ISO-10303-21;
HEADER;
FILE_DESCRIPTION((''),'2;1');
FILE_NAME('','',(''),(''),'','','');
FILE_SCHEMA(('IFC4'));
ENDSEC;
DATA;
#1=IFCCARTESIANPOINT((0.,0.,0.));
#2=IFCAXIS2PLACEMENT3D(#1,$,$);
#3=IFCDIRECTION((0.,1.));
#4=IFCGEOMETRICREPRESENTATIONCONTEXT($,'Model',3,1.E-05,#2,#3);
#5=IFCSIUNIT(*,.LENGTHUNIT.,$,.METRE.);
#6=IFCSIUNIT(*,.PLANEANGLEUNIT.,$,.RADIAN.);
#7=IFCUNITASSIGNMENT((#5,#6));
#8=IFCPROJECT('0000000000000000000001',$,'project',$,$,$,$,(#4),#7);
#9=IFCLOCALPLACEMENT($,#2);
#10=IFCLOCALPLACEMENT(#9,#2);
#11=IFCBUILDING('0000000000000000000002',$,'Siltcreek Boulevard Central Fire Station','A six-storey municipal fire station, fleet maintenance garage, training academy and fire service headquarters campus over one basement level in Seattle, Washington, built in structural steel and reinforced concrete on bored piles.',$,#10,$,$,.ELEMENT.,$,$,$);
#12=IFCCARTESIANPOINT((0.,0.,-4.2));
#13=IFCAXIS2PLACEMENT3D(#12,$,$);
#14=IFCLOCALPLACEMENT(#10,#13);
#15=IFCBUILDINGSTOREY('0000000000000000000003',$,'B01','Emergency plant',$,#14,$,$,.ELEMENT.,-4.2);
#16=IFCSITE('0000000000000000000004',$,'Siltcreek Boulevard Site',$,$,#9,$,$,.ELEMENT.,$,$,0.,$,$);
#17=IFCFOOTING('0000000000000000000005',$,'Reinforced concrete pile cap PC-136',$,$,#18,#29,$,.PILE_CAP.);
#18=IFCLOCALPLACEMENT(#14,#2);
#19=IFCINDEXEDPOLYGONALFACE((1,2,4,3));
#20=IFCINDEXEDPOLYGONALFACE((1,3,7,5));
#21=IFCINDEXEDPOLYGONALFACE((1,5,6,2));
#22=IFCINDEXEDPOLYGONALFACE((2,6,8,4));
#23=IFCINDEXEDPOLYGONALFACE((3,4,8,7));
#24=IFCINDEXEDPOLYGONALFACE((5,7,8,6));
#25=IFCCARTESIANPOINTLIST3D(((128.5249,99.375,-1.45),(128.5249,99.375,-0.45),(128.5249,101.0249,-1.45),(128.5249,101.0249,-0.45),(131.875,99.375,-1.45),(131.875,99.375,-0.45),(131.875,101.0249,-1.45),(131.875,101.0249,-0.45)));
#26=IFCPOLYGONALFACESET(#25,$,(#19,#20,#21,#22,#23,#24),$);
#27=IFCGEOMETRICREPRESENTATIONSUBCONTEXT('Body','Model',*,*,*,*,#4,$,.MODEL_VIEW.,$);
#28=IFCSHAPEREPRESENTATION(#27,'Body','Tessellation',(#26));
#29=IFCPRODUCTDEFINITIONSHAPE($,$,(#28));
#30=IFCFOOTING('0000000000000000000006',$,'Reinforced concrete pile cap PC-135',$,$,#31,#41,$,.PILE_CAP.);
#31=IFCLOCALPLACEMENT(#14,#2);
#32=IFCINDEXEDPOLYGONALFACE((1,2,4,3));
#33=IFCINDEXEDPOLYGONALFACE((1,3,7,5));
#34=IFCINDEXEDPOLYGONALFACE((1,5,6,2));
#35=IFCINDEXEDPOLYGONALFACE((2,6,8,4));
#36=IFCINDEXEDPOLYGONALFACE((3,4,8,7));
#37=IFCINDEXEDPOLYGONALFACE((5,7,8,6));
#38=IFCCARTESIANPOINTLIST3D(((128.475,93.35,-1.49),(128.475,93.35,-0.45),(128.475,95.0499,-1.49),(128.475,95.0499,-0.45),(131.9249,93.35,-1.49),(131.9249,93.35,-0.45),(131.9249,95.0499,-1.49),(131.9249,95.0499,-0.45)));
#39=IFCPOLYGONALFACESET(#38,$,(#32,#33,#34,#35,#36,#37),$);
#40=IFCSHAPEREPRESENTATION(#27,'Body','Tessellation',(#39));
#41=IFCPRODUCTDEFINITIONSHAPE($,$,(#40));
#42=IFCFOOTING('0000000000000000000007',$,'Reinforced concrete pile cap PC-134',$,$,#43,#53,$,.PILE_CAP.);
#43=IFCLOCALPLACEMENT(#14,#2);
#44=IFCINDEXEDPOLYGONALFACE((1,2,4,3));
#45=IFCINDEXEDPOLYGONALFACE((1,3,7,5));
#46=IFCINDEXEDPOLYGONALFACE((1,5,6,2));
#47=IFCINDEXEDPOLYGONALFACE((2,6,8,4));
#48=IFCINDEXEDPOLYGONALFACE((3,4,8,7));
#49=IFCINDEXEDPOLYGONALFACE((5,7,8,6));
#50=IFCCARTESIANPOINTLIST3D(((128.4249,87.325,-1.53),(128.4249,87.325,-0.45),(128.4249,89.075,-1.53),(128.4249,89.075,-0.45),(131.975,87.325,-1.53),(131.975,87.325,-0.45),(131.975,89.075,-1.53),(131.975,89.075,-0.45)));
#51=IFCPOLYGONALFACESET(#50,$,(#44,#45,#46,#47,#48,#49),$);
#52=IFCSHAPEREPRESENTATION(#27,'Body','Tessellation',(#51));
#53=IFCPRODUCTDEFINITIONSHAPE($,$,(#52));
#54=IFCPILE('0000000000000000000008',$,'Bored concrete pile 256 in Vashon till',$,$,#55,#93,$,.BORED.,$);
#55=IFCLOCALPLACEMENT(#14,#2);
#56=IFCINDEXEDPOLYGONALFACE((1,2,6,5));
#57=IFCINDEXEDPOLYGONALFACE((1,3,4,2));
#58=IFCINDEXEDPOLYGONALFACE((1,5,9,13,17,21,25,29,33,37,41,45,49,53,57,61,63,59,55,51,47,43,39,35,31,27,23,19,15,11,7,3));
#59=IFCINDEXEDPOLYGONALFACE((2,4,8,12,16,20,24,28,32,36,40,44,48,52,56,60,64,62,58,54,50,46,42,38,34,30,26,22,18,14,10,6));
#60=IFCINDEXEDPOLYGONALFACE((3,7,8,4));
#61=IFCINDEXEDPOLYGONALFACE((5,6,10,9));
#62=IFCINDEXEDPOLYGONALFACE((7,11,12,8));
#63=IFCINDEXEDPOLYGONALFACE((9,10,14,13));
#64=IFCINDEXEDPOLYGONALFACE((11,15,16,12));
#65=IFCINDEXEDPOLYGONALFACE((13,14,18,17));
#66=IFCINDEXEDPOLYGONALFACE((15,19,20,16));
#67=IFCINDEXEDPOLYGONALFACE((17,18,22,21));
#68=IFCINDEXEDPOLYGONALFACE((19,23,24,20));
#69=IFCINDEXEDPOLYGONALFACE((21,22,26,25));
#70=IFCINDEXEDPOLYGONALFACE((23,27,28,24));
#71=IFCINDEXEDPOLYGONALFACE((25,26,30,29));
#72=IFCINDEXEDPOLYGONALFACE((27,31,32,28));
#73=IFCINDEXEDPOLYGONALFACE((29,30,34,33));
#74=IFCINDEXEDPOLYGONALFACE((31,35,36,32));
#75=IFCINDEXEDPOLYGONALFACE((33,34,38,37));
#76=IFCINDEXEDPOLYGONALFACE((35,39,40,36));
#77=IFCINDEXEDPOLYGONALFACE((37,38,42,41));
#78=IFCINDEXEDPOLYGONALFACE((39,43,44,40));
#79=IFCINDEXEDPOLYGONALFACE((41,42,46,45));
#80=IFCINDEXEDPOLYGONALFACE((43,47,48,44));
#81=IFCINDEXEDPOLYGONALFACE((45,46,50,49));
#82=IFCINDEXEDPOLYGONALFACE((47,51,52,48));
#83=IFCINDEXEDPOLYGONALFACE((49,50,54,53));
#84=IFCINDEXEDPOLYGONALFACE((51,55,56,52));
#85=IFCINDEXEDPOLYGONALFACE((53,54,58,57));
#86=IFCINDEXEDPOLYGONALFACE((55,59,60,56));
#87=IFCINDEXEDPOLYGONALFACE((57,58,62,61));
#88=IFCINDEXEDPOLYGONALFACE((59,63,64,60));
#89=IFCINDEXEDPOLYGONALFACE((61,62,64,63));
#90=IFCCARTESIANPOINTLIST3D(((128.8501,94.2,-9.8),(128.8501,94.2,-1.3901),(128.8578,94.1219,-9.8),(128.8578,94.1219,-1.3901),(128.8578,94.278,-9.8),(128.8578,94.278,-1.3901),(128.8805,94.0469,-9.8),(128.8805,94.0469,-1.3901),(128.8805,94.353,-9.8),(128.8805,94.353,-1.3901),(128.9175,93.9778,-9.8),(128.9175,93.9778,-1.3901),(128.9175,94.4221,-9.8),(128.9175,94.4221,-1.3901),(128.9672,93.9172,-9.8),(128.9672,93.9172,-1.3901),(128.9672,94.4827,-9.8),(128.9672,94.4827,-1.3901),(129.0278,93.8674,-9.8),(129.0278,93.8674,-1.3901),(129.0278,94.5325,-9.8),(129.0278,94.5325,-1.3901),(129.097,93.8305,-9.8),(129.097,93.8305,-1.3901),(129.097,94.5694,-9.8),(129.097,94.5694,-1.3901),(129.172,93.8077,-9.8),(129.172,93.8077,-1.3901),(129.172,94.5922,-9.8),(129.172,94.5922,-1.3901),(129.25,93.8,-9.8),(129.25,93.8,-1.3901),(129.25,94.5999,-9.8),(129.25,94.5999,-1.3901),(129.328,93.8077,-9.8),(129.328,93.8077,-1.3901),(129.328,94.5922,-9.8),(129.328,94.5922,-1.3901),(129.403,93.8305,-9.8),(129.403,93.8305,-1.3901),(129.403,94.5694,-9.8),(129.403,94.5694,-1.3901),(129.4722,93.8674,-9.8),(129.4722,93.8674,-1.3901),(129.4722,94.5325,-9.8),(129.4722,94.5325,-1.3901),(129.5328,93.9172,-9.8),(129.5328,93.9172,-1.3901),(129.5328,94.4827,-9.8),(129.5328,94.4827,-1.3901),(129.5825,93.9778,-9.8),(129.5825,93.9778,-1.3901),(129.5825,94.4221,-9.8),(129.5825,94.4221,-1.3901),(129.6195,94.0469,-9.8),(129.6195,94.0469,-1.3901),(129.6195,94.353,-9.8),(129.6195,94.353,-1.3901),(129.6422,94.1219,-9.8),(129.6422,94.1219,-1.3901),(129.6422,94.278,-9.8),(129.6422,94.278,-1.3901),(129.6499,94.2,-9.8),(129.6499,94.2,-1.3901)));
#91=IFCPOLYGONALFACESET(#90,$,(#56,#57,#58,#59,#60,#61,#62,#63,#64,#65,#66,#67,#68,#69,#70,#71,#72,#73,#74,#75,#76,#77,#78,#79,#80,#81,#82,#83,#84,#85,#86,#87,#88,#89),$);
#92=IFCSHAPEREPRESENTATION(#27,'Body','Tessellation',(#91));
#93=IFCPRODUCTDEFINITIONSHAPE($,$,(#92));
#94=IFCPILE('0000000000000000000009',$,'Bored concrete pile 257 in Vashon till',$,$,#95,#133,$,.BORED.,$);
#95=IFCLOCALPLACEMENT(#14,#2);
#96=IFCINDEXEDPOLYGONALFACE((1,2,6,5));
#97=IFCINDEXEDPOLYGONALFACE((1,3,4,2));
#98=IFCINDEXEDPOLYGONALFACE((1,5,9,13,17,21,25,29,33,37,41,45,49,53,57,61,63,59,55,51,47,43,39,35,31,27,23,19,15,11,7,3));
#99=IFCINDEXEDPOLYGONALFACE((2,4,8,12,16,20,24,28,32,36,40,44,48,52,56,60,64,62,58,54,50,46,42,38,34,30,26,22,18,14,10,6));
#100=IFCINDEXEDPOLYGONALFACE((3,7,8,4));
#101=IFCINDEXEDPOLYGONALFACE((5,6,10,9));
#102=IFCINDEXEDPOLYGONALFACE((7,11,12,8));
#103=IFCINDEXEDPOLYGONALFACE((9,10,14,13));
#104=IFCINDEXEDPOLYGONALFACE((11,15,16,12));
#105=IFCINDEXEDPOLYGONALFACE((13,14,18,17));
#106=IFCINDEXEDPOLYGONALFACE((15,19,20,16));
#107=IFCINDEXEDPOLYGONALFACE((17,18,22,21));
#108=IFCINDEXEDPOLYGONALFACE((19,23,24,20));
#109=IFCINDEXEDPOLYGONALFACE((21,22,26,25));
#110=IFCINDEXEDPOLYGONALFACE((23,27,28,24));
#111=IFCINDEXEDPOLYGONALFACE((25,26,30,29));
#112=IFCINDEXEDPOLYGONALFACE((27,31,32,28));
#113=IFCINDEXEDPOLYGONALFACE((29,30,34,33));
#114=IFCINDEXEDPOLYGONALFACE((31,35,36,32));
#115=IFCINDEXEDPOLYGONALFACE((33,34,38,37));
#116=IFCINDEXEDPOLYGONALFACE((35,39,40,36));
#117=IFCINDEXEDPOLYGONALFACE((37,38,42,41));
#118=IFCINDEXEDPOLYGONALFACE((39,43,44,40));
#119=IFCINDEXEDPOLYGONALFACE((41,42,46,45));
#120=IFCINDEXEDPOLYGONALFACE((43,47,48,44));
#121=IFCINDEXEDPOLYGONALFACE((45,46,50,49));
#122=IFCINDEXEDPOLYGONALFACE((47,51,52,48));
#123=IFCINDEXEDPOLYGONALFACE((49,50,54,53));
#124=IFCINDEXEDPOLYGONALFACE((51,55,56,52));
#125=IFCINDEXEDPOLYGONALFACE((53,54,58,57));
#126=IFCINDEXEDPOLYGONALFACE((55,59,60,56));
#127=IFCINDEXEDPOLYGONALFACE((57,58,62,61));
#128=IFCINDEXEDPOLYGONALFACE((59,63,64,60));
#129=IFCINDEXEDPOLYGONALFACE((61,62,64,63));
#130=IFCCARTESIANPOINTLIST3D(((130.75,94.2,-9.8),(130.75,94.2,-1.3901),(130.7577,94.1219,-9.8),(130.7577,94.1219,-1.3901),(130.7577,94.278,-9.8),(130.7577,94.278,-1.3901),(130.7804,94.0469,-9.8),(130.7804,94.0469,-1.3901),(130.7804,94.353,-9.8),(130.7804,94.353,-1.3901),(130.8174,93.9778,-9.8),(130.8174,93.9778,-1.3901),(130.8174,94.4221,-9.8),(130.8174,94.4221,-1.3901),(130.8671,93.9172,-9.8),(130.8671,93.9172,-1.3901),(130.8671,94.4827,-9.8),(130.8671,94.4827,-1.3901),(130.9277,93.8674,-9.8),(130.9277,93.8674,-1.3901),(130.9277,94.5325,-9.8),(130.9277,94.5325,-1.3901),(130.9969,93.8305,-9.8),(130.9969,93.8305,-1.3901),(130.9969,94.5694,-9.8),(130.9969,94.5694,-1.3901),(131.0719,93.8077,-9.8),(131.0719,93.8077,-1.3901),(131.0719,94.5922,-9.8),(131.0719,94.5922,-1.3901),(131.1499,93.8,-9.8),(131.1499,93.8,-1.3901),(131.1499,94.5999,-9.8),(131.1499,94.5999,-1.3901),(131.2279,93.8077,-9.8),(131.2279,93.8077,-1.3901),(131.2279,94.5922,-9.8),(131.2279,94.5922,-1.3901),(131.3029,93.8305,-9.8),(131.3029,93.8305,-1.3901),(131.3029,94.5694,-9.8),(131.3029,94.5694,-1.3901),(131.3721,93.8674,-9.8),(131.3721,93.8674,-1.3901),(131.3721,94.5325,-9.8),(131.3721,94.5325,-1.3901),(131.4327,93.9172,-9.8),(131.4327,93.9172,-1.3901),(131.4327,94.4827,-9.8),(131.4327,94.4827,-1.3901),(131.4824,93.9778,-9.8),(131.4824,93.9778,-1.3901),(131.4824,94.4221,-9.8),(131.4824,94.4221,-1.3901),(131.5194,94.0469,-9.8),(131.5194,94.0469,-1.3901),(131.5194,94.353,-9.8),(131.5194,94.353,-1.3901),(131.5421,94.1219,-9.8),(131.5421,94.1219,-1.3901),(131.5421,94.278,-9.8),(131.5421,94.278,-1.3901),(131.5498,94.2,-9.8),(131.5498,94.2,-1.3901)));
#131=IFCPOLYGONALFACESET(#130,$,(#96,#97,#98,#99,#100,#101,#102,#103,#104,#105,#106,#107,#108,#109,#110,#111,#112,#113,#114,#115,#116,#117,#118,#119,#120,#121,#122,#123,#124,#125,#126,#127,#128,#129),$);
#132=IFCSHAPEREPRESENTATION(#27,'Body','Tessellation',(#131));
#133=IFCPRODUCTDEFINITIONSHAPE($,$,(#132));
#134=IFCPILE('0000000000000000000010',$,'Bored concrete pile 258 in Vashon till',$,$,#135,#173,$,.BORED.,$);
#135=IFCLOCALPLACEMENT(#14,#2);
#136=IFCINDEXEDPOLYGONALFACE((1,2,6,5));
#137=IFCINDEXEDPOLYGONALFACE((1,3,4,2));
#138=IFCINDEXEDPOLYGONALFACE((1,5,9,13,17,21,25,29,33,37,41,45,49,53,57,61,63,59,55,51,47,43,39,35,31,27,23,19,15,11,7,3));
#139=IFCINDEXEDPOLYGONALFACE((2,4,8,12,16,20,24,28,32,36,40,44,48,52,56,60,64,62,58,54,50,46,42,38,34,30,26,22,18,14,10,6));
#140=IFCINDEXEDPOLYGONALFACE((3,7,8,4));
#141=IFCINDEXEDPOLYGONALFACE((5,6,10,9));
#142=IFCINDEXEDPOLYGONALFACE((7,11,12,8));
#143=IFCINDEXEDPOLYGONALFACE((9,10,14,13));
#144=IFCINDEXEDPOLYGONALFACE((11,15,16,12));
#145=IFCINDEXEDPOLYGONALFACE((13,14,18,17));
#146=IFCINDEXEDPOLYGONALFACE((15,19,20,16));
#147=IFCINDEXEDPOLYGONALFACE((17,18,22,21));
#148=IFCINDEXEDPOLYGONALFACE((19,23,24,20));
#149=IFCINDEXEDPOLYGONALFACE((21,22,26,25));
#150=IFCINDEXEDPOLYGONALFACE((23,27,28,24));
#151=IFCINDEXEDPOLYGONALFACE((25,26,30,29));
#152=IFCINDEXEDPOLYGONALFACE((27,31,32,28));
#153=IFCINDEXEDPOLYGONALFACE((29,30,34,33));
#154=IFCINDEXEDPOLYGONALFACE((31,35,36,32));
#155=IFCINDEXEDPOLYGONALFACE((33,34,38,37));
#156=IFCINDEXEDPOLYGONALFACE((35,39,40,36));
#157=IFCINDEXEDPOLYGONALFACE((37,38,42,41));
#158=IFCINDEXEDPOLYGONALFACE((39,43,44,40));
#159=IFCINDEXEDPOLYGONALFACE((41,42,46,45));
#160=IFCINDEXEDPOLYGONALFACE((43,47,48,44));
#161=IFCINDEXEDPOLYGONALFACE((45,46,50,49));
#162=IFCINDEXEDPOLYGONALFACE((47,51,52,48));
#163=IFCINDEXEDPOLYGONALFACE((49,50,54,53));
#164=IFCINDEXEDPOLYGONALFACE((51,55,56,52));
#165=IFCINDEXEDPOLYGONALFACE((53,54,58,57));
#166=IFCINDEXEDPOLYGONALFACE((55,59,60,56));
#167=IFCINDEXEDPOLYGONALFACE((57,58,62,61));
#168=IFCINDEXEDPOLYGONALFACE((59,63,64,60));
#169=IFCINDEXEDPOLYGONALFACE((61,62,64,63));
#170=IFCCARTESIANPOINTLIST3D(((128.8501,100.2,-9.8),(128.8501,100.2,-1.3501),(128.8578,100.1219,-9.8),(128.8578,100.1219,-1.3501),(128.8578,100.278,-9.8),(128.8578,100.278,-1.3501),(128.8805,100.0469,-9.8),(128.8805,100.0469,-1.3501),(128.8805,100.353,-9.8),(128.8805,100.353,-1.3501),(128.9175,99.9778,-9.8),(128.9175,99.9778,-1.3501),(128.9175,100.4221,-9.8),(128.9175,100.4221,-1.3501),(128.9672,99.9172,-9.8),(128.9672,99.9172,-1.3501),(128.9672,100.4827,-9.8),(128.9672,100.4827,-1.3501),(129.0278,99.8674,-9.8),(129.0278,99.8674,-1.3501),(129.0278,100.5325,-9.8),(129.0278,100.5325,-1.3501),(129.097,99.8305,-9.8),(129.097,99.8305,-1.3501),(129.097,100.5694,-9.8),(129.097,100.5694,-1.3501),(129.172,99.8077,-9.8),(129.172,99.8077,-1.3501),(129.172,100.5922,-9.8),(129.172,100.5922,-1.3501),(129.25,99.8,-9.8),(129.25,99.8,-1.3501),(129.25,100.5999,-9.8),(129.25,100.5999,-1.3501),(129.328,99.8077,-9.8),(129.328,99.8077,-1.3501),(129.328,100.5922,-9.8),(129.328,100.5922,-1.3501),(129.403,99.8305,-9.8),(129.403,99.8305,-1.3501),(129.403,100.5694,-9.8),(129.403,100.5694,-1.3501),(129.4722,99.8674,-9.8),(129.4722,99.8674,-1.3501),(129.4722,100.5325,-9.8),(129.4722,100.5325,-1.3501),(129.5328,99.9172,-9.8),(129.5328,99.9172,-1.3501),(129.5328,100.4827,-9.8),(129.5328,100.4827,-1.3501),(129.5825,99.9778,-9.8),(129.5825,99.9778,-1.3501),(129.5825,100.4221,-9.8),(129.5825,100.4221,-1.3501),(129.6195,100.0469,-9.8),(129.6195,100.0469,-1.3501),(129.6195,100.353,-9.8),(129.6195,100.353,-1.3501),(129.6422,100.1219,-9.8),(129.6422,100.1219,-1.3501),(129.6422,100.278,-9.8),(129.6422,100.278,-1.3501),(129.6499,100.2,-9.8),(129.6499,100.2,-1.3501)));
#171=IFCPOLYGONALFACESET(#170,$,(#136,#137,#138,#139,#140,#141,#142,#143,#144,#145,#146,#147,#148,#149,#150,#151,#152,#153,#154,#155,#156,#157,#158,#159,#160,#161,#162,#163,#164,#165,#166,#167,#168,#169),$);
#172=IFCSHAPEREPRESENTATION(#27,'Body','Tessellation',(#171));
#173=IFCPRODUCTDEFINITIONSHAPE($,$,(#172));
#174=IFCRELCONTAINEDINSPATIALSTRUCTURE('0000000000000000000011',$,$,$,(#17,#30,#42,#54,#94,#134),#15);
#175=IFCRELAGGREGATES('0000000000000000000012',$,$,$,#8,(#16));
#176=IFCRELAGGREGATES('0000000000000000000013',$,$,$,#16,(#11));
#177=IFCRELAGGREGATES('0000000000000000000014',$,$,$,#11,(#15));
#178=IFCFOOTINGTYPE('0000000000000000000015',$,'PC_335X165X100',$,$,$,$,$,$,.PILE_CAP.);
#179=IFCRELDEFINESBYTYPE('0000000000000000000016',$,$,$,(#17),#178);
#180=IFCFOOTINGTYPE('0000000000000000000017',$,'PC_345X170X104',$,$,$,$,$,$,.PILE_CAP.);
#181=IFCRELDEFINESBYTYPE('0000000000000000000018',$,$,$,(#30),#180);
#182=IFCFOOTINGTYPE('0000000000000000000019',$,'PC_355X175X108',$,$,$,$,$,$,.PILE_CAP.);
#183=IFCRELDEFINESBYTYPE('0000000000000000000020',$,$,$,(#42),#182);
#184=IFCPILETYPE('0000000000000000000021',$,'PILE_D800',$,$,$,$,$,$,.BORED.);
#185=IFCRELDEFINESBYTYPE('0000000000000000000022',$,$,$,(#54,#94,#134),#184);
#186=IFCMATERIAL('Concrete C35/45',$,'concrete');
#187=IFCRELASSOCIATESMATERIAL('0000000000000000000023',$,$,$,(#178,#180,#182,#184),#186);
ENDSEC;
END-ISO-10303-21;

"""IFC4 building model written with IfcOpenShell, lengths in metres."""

from ifc_helpers import new_model, si_unit, direction, frame, origin, origin_2d, place, context, subcontext, project, spatial, rectangle, circle, extrude, material, material_profile, profile_set, type_object, element, save


model = new_model("IFC4")

# Units and contexts
model_context = context("Model", 3, precision=1e-05, world=origin(), true_north=direction((0.0, 1.0)))
body_context = subcontext(model_context, "Body", "Model", "MODEL_VIEW")
ifc_project = project(units=[si_unit("LENGTHUNIT", "METRE"), si_unit("PLANEANGLEUNIT", "RADIAN")], contexts=[model_context])

# Site, building, storey
site_placement = place(None, origin())
site = spatial("IfcSite", under=ifc_project, at=site_placement, Name="Siltcreek Boulevard Site", CompositionType="ELEMENT", RefElevation=0.0)
building_placement = place(site_placement, origin())
building = spatial("IfcBuilding", under=site, at=building_placement, Name="Siltcreek Boulevard Central Fire Station", Description="A six-storey municipal fire station, fleet maintenance garage, training academy and fire service headquarters campus over one basement level in Seattle, Washington, built in structural steel and reinforced concrete on bored piles.", CompositionType="ELEMENT")
storey_placement = place(building_placement, frame((0.0, 0.0, -4.2)))
storey = spatial("IfcBuildingStorey", under=building, at=storey_placement, Name="B01", Description="Emergency plant", CompositionType="ELEMENT", Elevation=-4.2)

# Footings
ifc_material_1 = material(Name="Concrete C35/45", Category="concrete")
footing_type_1 = type_object("IfcFootingType", Name="PC_335X165X100", PredefinedType="PILE_CAP", material=ifc_material_1)
footing_1_placement = place(storey_placement, frame((130.2, 100.2, -1.45), z_axis=(0.0, 0.0, 1.0), x_axis=(1.0, 0.0, 0.0)))
element("IfcFooting", 1, at=footing_1_placement, inside=storey, type_object=footing_type_1, Name="Reinforced concrete pile cap PC-136", PredefinedType="PILE_CAP", context=body_context, shape_type="SweptSolid", body=[
    extrude(rectangle(XDim=3.3501, YDim=1.6499, at=origin_2d()), origin(), (0.0, 0.0, 1.0), 1.0),
])
footing_type_2 = type_object("IfcFootingType", Name="PC_345X170X104", PredefinedType="PILE_CAP", material=ifc_material_1)
footing_2_placement = place(storey_placement, frame((130.2, 94.2, -1.49), z_axis=(0.0, 0.0, 1.0), x_axis=(1.0, 0.0, 0.0)))
element("IfcFooting", 2, at=footing_2_placement, inside=storey, type_object=footing_type_2, Name="Reinforced concrete pile cap PC-135", PredefinedType="PILE_CAP", context=body_context, shape_type="SweptSolid", body=[
    extrude(rectangle(XDim=3.45, YDim=1.7, at=origin_2d()), origin(), (0.0, 0.0, 1.0), 1.04),
])
footing_type_3 = type_object("IfcFootingType", Name="PC_355X175X108", PredefinedType="PILE_CAP", material=ifc_material_1)
footing_3_placement = place(storey_placement, frame((130.2, 88.2, -1.53), z_axis=(0.0, 0.0, 1.0), x_axis=(1.0, 0.0, 0.0)))
element("IfcFooting", 3, at=footing_3_placement, inside=storey, type_object=footing_type_3, Name="Reinforced concrete pile cap PC-134", PredefinedType="PILE_CAP", context=body_context, shape_type="SweptSolid", body=[
    extrude(rectangle(XDim=3.55, YDim=1.75, at=origin_2d()), origin(), (0.0, 0.0, 1.0), 1.0801),
])

# Piles
ifc_material_profile_1 = material_profile(ifc_material_1, circle(Radius=0.3999, at=origin_2d()), Name="SHAFT800")
ifc_profile_set_1 = profile_set([ifc_material_profile_1], Name="Concrete C35/45")
pile_type_1 = type_object("IfcPileType", Name="PILE_D800", PredefinedType="BORED", material=ifc_profile_set_1)
for number, where, z_axis, x_axis, name in (
    (4, (129.25, 94.2, -1.3901), (0.0, 0.0, -1.0), (1.0, 0.0, 0.0), "Bored concrete pile 256 in Vashon till"),
    (5, (131.1499, 94.2, -1.3901), (0.0, 0.0, -1.0), (1.0, 0.0, 0.0), "Bored concrete pile 257 in Vashon till"),
):
    element("IfcPile", number, at=place(storey_placement, frame(where, z_axis=z_axis, x_axis=x_axis)), inside=storey, type_object=pile_type_1, Name=name, PredefinedType="BORED", context=body_context, shape_type="SweptSolid", body=[
        extrude(circle(Radius=0.3999, at=origin_2d()), origin(), (0.0, 0.0, 1.0), 8.4099),
    ])
for number, where, z_axis, x_axis, name in (
    (6, (129.25, 100.2, -1.3501), (0.0, 0.0, -1.0), (1.0, 0.0, 0.0), "Bored concrete pile 258 in Vashon till"),
):
    element("IfcPile", number, at=place(storey_placement, frame(where, z_axis=z_axis, x_axis=x_axis)), inside=storey, type_object=pile_type_1, Name=name, PredefinedType="BORED", context=body_context, shape_type="SweptSolid", body=[
        extrude(circle(Radius=0.3999, at=origin_2d()), origin(), (0.0, 0.0, 1.0), 8.45),
    ])

save(model, "model.ifc")
